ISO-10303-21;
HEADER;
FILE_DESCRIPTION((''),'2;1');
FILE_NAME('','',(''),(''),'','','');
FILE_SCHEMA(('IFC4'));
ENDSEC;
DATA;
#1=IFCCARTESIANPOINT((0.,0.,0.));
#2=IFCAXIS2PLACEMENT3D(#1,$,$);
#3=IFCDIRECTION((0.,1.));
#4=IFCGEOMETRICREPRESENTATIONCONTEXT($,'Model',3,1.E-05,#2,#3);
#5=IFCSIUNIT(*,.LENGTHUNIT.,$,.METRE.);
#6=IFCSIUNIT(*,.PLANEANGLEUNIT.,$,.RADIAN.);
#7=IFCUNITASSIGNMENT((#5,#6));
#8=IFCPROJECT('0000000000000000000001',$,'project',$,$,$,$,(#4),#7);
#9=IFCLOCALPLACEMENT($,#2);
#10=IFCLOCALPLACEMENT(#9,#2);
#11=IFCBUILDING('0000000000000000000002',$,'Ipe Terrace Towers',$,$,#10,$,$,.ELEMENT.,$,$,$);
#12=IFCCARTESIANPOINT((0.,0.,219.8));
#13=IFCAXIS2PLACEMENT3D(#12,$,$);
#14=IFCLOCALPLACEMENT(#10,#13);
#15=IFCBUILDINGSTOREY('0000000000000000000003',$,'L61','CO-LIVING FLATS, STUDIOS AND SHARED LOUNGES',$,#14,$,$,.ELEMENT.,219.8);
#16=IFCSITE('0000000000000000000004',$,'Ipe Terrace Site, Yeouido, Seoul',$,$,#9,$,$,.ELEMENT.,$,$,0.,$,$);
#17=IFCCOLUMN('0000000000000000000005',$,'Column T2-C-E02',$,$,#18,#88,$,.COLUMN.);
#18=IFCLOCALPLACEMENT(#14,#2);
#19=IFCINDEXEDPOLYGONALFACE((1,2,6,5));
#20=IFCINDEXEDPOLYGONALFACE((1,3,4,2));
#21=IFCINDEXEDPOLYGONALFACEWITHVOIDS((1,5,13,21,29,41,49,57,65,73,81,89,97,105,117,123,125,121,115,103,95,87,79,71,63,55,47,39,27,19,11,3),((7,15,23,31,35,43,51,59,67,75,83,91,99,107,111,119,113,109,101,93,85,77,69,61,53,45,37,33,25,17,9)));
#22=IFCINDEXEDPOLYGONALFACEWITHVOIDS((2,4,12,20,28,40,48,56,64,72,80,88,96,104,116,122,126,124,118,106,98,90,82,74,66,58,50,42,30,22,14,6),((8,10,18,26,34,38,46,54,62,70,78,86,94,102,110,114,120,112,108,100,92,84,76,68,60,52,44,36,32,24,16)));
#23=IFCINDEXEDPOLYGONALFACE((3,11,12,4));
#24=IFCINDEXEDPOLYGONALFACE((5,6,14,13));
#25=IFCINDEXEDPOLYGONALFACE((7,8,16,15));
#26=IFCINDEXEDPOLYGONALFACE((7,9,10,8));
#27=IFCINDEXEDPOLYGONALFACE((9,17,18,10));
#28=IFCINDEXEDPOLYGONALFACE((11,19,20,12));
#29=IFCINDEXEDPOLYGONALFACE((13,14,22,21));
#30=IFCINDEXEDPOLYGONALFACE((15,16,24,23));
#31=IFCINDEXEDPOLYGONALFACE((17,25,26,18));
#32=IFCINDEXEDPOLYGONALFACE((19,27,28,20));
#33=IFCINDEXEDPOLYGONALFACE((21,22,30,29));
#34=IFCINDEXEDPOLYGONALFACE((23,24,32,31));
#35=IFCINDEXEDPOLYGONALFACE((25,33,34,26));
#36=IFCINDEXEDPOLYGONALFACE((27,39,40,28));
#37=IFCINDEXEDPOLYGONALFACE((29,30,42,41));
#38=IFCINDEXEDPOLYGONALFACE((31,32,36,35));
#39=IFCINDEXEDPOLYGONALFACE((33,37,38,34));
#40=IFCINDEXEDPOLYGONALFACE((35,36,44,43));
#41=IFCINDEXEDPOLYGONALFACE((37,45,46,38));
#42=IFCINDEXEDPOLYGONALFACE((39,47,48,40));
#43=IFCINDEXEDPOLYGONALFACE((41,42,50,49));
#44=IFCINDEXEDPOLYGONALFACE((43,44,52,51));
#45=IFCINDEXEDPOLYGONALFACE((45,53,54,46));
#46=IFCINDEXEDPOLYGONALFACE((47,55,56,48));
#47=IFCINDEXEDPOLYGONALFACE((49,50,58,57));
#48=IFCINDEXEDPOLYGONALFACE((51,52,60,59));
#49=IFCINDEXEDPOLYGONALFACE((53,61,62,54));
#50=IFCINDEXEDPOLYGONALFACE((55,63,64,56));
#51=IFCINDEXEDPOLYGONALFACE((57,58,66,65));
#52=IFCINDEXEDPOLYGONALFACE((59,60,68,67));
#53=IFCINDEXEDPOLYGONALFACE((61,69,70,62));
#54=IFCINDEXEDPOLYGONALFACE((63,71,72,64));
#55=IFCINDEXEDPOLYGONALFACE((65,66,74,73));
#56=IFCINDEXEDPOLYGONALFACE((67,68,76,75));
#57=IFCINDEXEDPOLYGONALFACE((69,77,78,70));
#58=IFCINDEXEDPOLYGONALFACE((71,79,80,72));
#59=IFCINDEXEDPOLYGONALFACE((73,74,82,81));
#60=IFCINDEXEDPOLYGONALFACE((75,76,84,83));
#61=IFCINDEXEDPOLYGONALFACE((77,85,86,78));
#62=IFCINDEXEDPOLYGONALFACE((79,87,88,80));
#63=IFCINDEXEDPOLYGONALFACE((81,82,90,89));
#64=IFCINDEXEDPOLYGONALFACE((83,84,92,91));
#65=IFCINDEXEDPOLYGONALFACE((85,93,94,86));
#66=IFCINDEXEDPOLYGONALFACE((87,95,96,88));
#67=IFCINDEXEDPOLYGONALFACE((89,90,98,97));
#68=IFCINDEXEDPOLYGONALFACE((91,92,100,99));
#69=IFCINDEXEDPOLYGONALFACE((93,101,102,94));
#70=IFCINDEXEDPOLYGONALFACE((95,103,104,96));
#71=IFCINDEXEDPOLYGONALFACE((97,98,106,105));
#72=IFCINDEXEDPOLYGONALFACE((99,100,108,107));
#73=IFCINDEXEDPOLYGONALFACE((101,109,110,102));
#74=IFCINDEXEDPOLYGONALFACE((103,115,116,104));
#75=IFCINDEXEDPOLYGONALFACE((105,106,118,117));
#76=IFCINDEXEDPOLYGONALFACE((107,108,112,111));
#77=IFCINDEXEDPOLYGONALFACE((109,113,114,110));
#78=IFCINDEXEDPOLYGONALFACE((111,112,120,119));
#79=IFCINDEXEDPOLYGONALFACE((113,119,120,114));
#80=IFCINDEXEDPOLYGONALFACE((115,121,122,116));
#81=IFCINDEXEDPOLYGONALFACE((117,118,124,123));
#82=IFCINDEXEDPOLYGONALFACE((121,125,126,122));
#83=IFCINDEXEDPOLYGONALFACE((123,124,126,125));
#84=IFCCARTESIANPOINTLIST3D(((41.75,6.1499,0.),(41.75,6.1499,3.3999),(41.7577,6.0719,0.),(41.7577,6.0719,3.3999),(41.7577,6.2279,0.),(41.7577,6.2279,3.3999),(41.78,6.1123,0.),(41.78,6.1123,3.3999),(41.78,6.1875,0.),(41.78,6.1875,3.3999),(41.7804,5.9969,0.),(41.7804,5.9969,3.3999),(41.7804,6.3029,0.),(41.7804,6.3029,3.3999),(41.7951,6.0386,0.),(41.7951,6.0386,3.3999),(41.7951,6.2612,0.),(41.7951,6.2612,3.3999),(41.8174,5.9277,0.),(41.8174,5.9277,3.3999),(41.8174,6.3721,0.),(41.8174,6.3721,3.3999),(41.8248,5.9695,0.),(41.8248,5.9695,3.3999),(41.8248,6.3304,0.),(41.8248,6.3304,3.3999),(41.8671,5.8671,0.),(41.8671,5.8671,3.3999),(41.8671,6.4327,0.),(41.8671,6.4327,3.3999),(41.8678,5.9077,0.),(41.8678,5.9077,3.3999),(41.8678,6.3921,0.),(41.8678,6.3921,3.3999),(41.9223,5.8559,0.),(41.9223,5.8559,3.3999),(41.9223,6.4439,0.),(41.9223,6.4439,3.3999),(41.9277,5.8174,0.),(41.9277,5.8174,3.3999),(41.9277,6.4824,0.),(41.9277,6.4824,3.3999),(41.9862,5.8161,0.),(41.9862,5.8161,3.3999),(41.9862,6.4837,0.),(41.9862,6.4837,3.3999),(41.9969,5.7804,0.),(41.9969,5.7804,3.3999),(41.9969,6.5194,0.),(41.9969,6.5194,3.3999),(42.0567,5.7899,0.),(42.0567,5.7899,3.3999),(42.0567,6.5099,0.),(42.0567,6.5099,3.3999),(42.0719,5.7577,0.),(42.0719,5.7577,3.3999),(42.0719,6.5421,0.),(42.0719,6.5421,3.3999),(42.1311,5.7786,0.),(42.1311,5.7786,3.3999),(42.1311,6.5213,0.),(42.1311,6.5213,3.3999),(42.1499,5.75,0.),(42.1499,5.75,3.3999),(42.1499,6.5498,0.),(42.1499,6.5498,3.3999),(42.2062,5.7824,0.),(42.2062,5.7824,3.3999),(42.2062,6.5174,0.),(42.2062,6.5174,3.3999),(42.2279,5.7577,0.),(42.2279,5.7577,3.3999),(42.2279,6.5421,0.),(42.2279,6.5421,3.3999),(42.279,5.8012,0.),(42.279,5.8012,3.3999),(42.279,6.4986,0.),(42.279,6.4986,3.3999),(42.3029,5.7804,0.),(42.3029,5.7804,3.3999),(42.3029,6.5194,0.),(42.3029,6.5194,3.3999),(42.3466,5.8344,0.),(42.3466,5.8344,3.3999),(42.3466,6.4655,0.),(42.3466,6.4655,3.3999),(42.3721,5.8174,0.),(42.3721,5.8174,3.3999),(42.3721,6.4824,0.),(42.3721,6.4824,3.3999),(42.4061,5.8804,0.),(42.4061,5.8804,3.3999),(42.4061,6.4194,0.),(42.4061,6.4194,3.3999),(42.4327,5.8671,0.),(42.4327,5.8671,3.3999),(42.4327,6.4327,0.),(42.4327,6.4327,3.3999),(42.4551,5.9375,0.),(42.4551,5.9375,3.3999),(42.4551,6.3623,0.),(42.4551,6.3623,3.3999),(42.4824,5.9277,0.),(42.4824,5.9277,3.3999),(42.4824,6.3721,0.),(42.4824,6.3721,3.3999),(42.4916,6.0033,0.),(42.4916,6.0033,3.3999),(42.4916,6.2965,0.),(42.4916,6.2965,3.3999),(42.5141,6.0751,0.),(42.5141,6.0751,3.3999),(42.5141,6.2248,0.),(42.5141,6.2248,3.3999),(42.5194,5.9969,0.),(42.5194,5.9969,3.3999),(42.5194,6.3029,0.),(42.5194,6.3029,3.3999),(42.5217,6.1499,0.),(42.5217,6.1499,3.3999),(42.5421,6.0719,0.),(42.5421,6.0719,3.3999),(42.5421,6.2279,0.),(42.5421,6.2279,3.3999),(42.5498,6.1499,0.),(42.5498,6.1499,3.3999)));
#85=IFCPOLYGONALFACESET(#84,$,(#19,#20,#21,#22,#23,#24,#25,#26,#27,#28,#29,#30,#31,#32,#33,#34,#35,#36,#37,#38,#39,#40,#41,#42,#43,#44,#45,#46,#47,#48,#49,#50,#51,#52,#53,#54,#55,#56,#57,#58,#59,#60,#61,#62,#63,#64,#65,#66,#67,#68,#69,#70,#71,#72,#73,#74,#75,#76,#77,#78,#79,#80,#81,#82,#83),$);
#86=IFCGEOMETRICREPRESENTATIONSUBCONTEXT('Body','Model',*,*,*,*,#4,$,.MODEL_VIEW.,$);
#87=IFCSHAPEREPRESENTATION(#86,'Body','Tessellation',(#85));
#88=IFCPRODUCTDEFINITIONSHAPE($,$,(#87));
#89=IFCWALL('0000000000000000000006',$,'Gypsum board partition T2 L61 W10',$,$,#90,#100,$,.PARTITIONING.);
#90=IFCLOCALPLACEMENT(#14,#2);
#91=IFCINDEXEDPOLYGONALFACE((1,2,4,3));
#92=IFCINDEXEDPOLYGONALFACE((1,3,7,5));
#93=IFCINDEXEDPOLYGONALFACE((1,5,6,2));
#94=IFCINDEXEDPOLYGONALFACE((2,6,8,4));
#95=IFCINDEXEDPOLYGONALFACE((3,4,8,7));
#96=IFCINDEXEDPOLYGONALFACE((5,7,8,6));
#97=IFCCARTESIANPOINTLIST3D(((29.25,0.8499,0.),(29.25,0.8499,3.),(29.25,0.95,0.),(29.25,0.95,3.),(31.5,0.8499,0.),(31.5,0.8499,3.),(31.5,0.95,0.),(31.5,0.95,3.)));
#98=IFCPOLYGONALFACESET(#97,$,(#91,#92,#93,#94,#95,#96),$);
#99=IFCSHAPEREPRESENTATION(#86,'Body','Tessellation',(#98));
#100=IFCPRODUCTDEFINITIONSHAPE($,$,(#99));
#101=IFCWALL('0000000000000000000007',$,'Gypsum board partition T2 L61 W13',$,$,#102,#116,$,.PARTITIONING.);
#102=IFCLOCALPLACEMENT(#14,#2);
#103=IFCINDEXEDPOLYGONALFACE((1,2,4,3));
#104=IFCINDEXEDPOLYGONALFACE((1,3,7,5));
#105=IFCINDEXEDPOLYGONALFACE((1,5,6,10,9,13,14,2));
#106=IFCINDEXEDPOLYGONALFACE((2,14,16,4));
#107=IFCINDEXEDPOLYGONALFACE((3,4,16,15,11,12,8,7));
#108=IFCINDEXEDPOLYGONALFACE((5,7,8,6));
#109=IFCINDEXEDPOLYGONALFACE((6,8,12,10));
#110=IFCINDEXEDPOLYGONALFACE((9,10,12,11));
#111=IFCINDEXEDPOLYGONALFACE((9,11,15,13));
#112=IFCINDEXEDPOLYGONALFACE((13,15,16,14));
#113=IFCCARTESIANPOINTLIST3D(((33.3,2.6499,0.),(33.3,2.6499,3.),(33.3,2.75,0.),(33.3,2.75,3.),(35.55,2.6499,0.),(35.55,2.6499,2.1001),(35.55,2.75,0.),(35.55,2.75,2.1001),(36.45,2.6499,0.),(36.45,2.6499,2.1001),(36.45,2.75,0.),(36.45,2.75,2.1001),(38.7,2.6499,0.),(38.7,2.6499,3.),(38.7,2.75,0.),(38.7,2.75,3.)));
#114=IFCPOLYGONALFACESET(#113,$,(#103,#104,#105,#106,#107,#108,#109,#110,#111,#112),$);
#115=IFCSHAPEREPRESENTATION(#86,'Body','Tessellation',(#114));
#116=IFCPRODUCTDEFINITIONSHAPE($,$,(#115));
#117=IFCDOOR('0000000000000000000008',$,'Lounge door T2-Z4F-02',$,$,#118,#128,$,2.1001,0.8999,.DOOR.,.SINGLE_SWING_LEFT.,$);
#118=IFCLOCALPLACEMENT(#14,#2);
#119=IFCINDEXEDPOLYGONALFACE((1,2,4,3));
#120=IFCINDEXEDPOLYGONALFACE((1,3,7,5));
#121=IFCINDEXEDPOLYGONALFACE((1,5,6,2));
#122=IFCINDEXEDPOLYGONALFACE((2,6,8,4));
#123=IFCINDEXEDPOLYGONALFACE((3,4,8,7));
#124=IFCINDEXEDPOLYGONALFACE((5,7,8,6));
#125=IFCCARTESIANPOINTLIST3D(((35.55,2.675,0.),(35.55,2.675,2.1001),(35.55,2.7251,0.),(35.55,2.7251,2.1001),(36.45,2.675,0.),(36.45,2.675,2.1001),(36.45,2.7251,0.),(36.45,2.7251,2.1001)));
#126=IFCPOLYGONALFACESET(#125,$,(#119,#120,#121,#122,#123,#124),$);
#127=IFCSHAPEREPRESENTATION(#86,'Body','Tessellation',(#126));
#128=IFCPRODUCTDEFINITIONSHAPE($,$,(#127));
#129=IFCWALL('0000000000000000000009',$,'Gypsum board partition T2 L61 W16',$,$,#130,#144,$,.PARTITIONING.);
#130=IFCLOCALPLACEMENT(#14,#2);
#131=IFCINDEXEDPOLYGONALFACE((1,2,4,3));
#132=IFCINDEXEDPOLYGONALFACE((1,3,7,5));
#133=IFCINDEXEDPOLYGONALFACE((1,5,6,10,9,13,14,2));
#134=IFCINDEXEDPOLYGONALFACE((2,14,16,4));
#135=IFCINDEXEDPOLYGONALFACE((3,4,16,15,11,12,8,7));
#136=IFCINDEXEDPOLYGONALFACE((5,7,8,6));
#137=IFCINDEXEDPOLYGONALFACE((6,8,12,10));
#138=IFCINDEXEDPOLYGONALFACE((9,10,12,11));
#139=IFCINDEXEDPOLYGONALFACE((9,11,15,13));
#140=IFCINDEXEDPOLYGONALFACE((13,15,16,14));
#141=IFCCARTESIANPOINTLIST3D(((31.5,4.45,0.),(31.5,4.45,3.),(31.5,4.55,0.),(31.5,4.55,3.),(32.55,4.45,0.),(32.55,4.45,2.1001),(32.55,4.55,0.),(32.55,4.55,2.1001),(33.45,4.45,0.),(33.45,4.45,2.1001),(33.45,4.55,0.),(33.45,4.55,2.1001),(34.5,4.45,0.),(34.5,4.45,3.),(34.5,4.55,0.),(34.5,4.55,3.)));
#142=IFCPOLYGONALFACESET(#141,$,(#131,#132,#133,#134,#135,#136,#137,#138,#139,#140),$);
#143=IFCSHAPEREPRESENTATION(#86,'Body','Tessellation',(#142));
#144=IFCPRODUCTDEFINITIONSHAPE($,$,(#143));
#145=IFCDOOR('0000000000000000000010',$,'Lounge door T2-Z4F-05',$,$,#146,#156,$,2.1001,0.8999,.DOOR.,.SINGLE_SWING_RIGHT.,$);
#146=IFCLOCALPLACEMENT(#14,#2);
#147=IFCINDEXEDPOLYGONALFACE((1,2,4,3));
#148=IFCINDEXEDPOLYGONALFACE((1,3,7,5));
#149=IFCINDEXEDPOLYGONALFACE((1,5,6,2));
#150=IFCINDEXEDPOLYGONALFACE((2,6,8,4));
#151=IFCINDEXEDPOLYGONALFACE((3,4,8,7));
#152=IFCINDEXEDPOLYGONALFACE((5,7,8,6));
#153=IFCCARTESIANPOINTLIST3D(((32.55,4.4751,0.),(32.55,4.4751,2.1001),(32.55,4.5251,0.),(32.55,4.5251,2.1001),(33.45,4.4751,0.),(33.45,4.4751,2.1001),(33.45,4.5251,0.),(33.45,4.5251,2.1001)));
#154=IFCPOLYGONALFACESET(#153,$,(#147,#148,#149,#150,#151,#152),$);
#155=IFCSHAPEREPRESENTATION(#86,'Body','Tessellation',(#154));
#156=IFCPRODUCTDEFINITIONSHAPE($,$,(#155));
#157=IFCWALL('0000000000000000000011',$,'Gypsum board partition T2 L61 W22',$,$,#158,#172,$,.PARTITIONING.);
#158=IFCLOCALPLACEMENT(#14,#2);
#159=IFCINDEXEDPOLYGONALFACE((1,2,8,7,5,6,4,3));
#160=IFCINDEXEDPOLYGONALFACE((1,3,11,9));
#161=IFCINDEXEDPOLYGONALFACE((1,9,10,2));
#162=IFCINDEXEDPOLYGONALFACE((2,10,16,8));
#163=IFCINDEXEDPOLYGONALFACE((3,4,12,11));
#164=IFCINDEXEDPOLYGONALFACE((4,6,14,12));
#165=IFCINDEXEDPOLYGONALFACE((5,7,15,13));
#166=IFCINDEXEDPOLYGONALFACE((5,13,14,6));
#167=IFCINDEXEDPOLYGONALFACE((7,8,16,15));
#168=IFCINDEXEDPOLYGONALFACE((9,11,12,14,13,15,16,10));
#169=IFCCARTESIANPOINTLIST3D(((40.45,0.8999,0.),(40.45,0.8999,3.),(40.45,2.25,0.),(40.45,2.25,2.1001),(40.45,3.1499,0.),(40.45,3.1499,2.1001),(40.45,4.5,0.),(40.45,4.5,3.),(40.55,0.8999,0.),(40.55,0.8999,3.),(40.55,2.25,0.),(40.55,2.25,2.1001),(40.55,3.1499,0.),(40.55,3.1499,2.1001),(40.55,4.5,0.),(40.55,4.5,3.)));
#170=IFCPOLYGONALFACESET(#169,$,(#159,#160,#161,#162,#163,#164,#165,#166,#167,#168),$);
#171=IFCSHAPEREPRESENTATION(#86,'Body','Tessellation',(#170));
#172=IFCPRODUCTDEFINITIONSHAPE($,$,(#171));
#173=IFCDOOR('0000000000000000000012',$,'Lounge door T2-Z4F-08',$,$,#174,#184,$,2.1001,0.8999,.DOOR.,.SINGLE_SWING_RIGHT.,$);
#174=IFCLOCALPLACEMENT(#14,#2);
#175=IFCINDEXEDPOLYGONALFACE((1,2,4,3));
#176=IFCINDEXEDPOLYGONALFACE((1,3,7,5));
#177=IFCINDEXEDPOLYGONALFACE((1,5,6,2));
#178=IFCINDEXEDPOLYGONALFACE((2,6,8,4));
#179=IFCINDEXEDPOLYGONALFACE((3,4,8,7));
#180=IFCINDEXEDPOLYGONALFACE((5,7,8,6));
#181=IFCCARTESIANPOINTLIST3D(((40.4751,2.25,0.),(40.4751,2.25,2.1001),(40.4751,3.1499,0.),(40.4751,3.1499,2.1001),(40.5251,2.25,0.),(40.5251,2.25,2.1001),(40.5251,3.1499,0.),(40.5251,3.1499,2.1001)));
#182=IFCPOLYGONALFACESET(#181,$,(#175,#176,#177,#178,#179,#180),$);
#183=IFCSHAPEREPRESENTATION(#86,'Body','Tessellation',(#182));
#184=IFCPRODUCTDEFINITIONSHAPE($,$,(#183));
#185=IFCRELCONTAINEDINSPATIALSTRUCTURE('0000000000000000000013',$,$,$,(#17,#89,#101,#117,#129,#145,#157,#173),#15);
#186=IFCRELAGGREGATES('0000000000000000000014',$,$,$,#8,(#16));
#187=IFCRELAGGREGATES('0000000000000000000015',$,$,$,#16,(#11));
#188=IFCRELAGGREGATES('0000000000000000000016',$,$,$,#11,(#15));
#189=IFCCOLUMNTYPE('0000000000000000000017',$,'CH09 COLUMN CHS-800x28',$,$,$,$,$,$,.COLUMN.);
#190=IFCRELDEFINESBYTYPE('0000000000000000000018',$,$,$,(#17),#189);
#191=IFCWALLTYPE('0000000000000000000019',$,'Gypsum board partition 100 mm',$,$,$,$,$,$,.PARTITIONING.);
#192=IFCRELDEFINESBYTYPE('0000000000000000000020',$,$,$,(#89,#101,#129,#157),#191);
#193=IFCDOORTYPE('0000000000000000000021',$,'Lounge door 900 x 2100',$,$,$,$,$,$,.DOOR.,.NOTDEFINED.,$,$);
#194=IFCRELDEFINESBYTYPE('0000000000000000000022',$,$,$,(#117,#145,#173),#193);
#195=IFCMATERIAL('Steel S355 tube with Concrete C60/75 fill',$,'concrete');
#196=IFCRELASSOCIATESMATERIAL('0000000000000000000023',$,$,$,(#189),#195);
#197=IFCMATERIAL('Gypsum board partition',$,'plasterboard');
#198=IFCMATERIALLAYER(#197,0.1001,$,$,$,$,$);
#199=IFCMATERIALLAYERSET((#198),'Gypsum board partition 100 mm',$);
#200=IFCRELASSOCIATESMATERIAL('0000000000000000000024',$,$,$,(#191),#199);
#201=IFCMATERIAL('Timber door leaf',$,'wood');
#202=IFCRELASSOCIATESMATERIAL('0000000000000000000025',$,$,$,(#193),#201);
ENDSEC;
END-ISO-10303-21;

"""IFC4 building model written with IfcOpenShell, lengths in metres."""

from ifc_helpers import new_model, si_unit, direction, frame, frame_2d, origin, origin_2d, place, context, subcontext, project, spatial, rectangle, hollow_circle, extrude, material, layer, layer_set, material_profile, profile_set, type_object, element, fill, save


model = new_model("IFC4")

# Units and contexts
model_context = context("Model", 3, precision=1e-05, world=origin(), true_north=direction((0.0, 1.0)))
body_context = subcontext(model_context, "Body", "Model", "MODEL_VIEW")
ifc_project = project(units=[si_unit("LENGTHUNIT", "METRE"), si_unit("PLANEANGLEUNIT", "RADIAN")], contexts=[model_context])

# Site, building, storey
site_placement = place(None, origin())
site = spatial("IfcSite", under=ifc_project, at=site_placement, Name="Ipe Terrace Site, Yeouido, Seoul", CompositionType="ELEMENT", RefElevation=0.0)
building_placement = place(site_placement, origin())
building = spatial("IfcBuilding", under=site, at=building_placement, Name="Ipe Terrace Towers", CompositionType="ELEMENT")
storey_placement = place(building_placement, frame((0.0, 0.0, 219.8)))
storey = spatial("IfcBuildingStorey", under=building, at=storey_placement, Name="L61", Description="CO-LIVING FLATS, STUDIOS AND SHARED LOUNGES", CompositionType="ELEMENT", Elevation=219.8)

# Column
ifc_material_1 = material(Name="Steel S355 tube with Concrete C60/75 fill", Category="concrete")
ifc_material_profile = material_profile(ifc_material_1, hollow_circle(Radius=0.3999, WallThickness=0.0281, at=origin_2d()), Name="CHS-800x28")
ifc_profile_set = profile_set([ifc_material_profile], Name="Steel S355 tube with Concrete C60/75 fill")
column_type = type_object("IfcColumnType", Name="CH09 COLUMN CHS-800x28", PredefinedType="COLUMN", material=ifc_profile_set)
column_placement = place(storey_placement, frame((42.1499, 6.1499, 0.0), z_axis=(0.0, 0.0, 1.0), x_axis=(1.0, 0.0, 0.0)))
element("IfcColumn", 1, at=column_placement, inside=storey, type_object=column_type, Name="Column T2-C-E02", PredefinedType="COLUMN", context=body_context, shape_type="SweptSolid", body=[
    extrude(hollow_circle(Radius=0.3999, WallThickness=0.0281, at=origin_2d()), origin(), (0.0, 0.0, 1.0), 3.3999),
])

# Wall
ifc_material_2 = material(Name="Gypsum board partition", Category="plasterboard")
ifc_layer_1 = layer(ifc_material_2, 0.1001)
ifc_layer_set_1 = layer_set([ifc_layer_1], Name="Gypsum board partition 100 mm")
wall_type_1 = type_object("IfcWallType", Name="Gypsum board partition 100 mm", PredefinedType="PARTITIONING", material=ifc_layer_set_1)
wall_1_placement = place(storey_placement, frame((31.5, 0.8999, 0.0), z_axis=(0.0, 0.0, 1.0), x_axis=(-1.0, 0.0, 0.0)))
element("IfcWall", 2, at=wall_1_placement, inside=storey, type_object=wall_type_1, Name="Gypsum board partition T2 L61 W10", PredefinedType="PARTITIONING", context=body_context, shape_type="SweptSolid", body=[
    extrude(rectangle(XDim=2.25, YDim=0.1001, at=frame_2d((1.125, 0.0))), origin(), (0.0, 0.0, 1.0), 3.0),
])

# Walls, openings, doors
wall_2_placement = place(storey_placement, frame((38.7, 2.7, 0.0), z_axis=(0.0, 0.0, 1.0), x_axis=(-1.0, 0.0, 0.0)))
wall_2 = element("IfcWall", 3, at=wall_2_placement, inside=storey, type_object=wall_type_1, Name="Gypsum board partition T2 L61 W13", PredefinedType="PARTITIONING", context=body_context, shape_type="SweptSolid", body=[
    extrude(rectangle(XDim=5.3999, YDim=0.1001, at=frame_2d((2.7, 0.0))), origin(), (0.0, 0.0, 1.0), 3.0),
])
opening_1_placement = place(wall_2_placement, frame((2.25, 0.0, 0.0)))
opening_1 = element("IfcOpeningElement", 4, at=opening_1_placement, cuts=wall_2, PredefinedType="OPENING", context=body_context, shape_type="SweptSolid", body=[
    extrude(rectangle(XDim=0.8999, YDim=2.1001, at=frame_2d((0.45, 1.05))), frame((0.0, 0.0601, 0.0), z_axis=(0.0, -1.0, 0.0), x_axis=(1.0, 0.0, 0.0)), (0.0, 0.0, 1.0), 0.1201),
])
ifc_material_3 = material(Name="Timber door leaf", Category="wood")
door_type_1 = type_object("IfcDoorType", Name="Lounge door 900 x 2100", OperationType="NOTDEFINED", PredefinedType="DOOR", material=ifc_material_3)
door_1_placement = place(opening_1_placement, origin())
door_1 = element("IfcDoor", 5, at=door_1_placement, inside=storey, type_object=door_type_1, Name="Lounge door T2-Z4F-02", OperationType="SINGLE_SWING_LEFT", OverallHeight=2.1001, OverallWidth=0.8999, PredefinedType="DOOR", context=body_context, shape_type="SweptSolid", body=[
    extrude(rectangle(XDim=0.8999, YDim=2.1001, at=frame_2d((0.45, 1.05))), frame((0.0, 0.0249, 0.0), z_axis=(0.0, -1.0, 0.0), x_axis=(1.0, 0.0, 0.0)), (0.0, 0.0, 1.0), 0.05),
])
fill(opening_1, door_1)
wall_3_placement = place(storey_placement, frame((34.5, 4.5, 0.0), z_axis=(0.0, 0.0, 1.0), x_axis=(-1.0, 0.0, 0.0)))
wall_3 = element("IfcWall", 6, at=wall_3_placement, inside=storey, type_object=wall_type_1, Name="Gypsum board partition T2 L61 W16", PredefinedType="PARTITIONING", context=body_context, shape_type="SweptSolid", body=[
    extrude(rectangle(XDim=3.0, YDim=0.1001, at=frame_2d((1.5, 0.0))), origin(), (0.0, 0.0, 1.0), 3.0),
])
opening_2_placement = place(wall_3_placement, frame((1.05, 0.0, 0.0)))
opening_2 = element("IfcOpeningElement", 7, at=opening_2_placement, cuts=wall_3, PredefinedType="OPENING", context=body_context, shape_type="SweptSolid", body=[
    extrude(rectangle(XDim=0.8999, YDim=2.1001, at=frame_2d((0.45, 1.05))), frame((0.0, 0.0601, 0.0), z_axis=(0.0, -1.0, 0.0), x_axis=(1.0, 0.0, 0.0)), (0.0, 0.0, 1.0), 0.1201),
])
door_2_placement = place(opening_2_placement, origin())
door_2 = element("IfcDoor", 8, at=door_2_placement, inside=storey, type_object=door_type_1, Name="Lounge door T2-Z4F-05", OperationType="SINGLE_SWING_RIGHT", OverallHeight=2.1001, OverallWidth=0.8999, PredefinedType="DOOR", context=body_context, shape_type="SweptSolid", body=[
    extrude(rectangle(XDim=0.8999, YDim=2.1001, at=frame_2d((0.45, 1.05))), frame((0.0, 0.0249, 0.0), z_axis=(0.0, -1.0, 0.0), x_axis=(1.0, 0.0, 0.0)), (0.0, 0.0, 1.0), 0.05),
])
fill(opening_2, door_2)
wall_4_placement = place(storey_placement, frame((40.5, 0.8999, 0.0), z_axis=(0.0, 0.0, 1.0), x_axis=(0.0, 1.0, 0.0)))
wall_4 = element("IfcWall", 9, at=wall_4_placement, inside=storey, type_object=wall_type_1, Name="Gypsum board partition T2 L61 W22", PredefinedType="PARTITIONING", context=body_context, shape_type="SweptSolid", body=[
    extrude(rectangle(XDim=3.6001, YDim=0.1001, at=frame_2d((1.8, 0.0))), origin(), (0.0, 0.0, 1.0), 3.0),
])
opening_3_placement = place(wall_4_placement, frame((1.3501, 0.0, 0.0)))
opening_3 = element("IfcOpeningElement", 10, at=opening_3_placement, cuts=wall_4, PredefinedType="OPENING", context=body_context, shape_type="SweptSolid", body=[
    extrude(rectangle(XDim=0.8999, YDim=2.1001, at=frame_2d((0.45, 1.05))), frame((0.0, 0.0601, 0.0), z_axis=(0.0, -1.0, 0.0), x_axis=(1.0, 0.0, 0.0)), (0.0, 0.0, 1.0), 0.1201),
])
door_3_placement = place(opening_3_placement, origin())
door_3 = element("IfcDoor", 11, at=door_3_placement, inside=storey, type_object=door_type_1, Name="Lounge door T2-Z4F-08", OperationType="SINGLE_SWING_RIGHT", OverallHeight=2.1001, OverallWidth=0.8999, PredefinedType="DOOR", context=body_context, shape_type="SweptSolid", body=[
    extrude(rectangle(XDim=0.8999, YDim=2.1001, at=frame_2d((0.45, 1.05))), frame((0.0, 0.0249, 0.0), z_axis=(0.0, -1.0, 0.0), x_axis=(1.0, 0.0, 0.0)), (0.0, 0.0, 1.0), 0.05),
])
fill(opening_3, door_3)

save(model, "model.ifc")
